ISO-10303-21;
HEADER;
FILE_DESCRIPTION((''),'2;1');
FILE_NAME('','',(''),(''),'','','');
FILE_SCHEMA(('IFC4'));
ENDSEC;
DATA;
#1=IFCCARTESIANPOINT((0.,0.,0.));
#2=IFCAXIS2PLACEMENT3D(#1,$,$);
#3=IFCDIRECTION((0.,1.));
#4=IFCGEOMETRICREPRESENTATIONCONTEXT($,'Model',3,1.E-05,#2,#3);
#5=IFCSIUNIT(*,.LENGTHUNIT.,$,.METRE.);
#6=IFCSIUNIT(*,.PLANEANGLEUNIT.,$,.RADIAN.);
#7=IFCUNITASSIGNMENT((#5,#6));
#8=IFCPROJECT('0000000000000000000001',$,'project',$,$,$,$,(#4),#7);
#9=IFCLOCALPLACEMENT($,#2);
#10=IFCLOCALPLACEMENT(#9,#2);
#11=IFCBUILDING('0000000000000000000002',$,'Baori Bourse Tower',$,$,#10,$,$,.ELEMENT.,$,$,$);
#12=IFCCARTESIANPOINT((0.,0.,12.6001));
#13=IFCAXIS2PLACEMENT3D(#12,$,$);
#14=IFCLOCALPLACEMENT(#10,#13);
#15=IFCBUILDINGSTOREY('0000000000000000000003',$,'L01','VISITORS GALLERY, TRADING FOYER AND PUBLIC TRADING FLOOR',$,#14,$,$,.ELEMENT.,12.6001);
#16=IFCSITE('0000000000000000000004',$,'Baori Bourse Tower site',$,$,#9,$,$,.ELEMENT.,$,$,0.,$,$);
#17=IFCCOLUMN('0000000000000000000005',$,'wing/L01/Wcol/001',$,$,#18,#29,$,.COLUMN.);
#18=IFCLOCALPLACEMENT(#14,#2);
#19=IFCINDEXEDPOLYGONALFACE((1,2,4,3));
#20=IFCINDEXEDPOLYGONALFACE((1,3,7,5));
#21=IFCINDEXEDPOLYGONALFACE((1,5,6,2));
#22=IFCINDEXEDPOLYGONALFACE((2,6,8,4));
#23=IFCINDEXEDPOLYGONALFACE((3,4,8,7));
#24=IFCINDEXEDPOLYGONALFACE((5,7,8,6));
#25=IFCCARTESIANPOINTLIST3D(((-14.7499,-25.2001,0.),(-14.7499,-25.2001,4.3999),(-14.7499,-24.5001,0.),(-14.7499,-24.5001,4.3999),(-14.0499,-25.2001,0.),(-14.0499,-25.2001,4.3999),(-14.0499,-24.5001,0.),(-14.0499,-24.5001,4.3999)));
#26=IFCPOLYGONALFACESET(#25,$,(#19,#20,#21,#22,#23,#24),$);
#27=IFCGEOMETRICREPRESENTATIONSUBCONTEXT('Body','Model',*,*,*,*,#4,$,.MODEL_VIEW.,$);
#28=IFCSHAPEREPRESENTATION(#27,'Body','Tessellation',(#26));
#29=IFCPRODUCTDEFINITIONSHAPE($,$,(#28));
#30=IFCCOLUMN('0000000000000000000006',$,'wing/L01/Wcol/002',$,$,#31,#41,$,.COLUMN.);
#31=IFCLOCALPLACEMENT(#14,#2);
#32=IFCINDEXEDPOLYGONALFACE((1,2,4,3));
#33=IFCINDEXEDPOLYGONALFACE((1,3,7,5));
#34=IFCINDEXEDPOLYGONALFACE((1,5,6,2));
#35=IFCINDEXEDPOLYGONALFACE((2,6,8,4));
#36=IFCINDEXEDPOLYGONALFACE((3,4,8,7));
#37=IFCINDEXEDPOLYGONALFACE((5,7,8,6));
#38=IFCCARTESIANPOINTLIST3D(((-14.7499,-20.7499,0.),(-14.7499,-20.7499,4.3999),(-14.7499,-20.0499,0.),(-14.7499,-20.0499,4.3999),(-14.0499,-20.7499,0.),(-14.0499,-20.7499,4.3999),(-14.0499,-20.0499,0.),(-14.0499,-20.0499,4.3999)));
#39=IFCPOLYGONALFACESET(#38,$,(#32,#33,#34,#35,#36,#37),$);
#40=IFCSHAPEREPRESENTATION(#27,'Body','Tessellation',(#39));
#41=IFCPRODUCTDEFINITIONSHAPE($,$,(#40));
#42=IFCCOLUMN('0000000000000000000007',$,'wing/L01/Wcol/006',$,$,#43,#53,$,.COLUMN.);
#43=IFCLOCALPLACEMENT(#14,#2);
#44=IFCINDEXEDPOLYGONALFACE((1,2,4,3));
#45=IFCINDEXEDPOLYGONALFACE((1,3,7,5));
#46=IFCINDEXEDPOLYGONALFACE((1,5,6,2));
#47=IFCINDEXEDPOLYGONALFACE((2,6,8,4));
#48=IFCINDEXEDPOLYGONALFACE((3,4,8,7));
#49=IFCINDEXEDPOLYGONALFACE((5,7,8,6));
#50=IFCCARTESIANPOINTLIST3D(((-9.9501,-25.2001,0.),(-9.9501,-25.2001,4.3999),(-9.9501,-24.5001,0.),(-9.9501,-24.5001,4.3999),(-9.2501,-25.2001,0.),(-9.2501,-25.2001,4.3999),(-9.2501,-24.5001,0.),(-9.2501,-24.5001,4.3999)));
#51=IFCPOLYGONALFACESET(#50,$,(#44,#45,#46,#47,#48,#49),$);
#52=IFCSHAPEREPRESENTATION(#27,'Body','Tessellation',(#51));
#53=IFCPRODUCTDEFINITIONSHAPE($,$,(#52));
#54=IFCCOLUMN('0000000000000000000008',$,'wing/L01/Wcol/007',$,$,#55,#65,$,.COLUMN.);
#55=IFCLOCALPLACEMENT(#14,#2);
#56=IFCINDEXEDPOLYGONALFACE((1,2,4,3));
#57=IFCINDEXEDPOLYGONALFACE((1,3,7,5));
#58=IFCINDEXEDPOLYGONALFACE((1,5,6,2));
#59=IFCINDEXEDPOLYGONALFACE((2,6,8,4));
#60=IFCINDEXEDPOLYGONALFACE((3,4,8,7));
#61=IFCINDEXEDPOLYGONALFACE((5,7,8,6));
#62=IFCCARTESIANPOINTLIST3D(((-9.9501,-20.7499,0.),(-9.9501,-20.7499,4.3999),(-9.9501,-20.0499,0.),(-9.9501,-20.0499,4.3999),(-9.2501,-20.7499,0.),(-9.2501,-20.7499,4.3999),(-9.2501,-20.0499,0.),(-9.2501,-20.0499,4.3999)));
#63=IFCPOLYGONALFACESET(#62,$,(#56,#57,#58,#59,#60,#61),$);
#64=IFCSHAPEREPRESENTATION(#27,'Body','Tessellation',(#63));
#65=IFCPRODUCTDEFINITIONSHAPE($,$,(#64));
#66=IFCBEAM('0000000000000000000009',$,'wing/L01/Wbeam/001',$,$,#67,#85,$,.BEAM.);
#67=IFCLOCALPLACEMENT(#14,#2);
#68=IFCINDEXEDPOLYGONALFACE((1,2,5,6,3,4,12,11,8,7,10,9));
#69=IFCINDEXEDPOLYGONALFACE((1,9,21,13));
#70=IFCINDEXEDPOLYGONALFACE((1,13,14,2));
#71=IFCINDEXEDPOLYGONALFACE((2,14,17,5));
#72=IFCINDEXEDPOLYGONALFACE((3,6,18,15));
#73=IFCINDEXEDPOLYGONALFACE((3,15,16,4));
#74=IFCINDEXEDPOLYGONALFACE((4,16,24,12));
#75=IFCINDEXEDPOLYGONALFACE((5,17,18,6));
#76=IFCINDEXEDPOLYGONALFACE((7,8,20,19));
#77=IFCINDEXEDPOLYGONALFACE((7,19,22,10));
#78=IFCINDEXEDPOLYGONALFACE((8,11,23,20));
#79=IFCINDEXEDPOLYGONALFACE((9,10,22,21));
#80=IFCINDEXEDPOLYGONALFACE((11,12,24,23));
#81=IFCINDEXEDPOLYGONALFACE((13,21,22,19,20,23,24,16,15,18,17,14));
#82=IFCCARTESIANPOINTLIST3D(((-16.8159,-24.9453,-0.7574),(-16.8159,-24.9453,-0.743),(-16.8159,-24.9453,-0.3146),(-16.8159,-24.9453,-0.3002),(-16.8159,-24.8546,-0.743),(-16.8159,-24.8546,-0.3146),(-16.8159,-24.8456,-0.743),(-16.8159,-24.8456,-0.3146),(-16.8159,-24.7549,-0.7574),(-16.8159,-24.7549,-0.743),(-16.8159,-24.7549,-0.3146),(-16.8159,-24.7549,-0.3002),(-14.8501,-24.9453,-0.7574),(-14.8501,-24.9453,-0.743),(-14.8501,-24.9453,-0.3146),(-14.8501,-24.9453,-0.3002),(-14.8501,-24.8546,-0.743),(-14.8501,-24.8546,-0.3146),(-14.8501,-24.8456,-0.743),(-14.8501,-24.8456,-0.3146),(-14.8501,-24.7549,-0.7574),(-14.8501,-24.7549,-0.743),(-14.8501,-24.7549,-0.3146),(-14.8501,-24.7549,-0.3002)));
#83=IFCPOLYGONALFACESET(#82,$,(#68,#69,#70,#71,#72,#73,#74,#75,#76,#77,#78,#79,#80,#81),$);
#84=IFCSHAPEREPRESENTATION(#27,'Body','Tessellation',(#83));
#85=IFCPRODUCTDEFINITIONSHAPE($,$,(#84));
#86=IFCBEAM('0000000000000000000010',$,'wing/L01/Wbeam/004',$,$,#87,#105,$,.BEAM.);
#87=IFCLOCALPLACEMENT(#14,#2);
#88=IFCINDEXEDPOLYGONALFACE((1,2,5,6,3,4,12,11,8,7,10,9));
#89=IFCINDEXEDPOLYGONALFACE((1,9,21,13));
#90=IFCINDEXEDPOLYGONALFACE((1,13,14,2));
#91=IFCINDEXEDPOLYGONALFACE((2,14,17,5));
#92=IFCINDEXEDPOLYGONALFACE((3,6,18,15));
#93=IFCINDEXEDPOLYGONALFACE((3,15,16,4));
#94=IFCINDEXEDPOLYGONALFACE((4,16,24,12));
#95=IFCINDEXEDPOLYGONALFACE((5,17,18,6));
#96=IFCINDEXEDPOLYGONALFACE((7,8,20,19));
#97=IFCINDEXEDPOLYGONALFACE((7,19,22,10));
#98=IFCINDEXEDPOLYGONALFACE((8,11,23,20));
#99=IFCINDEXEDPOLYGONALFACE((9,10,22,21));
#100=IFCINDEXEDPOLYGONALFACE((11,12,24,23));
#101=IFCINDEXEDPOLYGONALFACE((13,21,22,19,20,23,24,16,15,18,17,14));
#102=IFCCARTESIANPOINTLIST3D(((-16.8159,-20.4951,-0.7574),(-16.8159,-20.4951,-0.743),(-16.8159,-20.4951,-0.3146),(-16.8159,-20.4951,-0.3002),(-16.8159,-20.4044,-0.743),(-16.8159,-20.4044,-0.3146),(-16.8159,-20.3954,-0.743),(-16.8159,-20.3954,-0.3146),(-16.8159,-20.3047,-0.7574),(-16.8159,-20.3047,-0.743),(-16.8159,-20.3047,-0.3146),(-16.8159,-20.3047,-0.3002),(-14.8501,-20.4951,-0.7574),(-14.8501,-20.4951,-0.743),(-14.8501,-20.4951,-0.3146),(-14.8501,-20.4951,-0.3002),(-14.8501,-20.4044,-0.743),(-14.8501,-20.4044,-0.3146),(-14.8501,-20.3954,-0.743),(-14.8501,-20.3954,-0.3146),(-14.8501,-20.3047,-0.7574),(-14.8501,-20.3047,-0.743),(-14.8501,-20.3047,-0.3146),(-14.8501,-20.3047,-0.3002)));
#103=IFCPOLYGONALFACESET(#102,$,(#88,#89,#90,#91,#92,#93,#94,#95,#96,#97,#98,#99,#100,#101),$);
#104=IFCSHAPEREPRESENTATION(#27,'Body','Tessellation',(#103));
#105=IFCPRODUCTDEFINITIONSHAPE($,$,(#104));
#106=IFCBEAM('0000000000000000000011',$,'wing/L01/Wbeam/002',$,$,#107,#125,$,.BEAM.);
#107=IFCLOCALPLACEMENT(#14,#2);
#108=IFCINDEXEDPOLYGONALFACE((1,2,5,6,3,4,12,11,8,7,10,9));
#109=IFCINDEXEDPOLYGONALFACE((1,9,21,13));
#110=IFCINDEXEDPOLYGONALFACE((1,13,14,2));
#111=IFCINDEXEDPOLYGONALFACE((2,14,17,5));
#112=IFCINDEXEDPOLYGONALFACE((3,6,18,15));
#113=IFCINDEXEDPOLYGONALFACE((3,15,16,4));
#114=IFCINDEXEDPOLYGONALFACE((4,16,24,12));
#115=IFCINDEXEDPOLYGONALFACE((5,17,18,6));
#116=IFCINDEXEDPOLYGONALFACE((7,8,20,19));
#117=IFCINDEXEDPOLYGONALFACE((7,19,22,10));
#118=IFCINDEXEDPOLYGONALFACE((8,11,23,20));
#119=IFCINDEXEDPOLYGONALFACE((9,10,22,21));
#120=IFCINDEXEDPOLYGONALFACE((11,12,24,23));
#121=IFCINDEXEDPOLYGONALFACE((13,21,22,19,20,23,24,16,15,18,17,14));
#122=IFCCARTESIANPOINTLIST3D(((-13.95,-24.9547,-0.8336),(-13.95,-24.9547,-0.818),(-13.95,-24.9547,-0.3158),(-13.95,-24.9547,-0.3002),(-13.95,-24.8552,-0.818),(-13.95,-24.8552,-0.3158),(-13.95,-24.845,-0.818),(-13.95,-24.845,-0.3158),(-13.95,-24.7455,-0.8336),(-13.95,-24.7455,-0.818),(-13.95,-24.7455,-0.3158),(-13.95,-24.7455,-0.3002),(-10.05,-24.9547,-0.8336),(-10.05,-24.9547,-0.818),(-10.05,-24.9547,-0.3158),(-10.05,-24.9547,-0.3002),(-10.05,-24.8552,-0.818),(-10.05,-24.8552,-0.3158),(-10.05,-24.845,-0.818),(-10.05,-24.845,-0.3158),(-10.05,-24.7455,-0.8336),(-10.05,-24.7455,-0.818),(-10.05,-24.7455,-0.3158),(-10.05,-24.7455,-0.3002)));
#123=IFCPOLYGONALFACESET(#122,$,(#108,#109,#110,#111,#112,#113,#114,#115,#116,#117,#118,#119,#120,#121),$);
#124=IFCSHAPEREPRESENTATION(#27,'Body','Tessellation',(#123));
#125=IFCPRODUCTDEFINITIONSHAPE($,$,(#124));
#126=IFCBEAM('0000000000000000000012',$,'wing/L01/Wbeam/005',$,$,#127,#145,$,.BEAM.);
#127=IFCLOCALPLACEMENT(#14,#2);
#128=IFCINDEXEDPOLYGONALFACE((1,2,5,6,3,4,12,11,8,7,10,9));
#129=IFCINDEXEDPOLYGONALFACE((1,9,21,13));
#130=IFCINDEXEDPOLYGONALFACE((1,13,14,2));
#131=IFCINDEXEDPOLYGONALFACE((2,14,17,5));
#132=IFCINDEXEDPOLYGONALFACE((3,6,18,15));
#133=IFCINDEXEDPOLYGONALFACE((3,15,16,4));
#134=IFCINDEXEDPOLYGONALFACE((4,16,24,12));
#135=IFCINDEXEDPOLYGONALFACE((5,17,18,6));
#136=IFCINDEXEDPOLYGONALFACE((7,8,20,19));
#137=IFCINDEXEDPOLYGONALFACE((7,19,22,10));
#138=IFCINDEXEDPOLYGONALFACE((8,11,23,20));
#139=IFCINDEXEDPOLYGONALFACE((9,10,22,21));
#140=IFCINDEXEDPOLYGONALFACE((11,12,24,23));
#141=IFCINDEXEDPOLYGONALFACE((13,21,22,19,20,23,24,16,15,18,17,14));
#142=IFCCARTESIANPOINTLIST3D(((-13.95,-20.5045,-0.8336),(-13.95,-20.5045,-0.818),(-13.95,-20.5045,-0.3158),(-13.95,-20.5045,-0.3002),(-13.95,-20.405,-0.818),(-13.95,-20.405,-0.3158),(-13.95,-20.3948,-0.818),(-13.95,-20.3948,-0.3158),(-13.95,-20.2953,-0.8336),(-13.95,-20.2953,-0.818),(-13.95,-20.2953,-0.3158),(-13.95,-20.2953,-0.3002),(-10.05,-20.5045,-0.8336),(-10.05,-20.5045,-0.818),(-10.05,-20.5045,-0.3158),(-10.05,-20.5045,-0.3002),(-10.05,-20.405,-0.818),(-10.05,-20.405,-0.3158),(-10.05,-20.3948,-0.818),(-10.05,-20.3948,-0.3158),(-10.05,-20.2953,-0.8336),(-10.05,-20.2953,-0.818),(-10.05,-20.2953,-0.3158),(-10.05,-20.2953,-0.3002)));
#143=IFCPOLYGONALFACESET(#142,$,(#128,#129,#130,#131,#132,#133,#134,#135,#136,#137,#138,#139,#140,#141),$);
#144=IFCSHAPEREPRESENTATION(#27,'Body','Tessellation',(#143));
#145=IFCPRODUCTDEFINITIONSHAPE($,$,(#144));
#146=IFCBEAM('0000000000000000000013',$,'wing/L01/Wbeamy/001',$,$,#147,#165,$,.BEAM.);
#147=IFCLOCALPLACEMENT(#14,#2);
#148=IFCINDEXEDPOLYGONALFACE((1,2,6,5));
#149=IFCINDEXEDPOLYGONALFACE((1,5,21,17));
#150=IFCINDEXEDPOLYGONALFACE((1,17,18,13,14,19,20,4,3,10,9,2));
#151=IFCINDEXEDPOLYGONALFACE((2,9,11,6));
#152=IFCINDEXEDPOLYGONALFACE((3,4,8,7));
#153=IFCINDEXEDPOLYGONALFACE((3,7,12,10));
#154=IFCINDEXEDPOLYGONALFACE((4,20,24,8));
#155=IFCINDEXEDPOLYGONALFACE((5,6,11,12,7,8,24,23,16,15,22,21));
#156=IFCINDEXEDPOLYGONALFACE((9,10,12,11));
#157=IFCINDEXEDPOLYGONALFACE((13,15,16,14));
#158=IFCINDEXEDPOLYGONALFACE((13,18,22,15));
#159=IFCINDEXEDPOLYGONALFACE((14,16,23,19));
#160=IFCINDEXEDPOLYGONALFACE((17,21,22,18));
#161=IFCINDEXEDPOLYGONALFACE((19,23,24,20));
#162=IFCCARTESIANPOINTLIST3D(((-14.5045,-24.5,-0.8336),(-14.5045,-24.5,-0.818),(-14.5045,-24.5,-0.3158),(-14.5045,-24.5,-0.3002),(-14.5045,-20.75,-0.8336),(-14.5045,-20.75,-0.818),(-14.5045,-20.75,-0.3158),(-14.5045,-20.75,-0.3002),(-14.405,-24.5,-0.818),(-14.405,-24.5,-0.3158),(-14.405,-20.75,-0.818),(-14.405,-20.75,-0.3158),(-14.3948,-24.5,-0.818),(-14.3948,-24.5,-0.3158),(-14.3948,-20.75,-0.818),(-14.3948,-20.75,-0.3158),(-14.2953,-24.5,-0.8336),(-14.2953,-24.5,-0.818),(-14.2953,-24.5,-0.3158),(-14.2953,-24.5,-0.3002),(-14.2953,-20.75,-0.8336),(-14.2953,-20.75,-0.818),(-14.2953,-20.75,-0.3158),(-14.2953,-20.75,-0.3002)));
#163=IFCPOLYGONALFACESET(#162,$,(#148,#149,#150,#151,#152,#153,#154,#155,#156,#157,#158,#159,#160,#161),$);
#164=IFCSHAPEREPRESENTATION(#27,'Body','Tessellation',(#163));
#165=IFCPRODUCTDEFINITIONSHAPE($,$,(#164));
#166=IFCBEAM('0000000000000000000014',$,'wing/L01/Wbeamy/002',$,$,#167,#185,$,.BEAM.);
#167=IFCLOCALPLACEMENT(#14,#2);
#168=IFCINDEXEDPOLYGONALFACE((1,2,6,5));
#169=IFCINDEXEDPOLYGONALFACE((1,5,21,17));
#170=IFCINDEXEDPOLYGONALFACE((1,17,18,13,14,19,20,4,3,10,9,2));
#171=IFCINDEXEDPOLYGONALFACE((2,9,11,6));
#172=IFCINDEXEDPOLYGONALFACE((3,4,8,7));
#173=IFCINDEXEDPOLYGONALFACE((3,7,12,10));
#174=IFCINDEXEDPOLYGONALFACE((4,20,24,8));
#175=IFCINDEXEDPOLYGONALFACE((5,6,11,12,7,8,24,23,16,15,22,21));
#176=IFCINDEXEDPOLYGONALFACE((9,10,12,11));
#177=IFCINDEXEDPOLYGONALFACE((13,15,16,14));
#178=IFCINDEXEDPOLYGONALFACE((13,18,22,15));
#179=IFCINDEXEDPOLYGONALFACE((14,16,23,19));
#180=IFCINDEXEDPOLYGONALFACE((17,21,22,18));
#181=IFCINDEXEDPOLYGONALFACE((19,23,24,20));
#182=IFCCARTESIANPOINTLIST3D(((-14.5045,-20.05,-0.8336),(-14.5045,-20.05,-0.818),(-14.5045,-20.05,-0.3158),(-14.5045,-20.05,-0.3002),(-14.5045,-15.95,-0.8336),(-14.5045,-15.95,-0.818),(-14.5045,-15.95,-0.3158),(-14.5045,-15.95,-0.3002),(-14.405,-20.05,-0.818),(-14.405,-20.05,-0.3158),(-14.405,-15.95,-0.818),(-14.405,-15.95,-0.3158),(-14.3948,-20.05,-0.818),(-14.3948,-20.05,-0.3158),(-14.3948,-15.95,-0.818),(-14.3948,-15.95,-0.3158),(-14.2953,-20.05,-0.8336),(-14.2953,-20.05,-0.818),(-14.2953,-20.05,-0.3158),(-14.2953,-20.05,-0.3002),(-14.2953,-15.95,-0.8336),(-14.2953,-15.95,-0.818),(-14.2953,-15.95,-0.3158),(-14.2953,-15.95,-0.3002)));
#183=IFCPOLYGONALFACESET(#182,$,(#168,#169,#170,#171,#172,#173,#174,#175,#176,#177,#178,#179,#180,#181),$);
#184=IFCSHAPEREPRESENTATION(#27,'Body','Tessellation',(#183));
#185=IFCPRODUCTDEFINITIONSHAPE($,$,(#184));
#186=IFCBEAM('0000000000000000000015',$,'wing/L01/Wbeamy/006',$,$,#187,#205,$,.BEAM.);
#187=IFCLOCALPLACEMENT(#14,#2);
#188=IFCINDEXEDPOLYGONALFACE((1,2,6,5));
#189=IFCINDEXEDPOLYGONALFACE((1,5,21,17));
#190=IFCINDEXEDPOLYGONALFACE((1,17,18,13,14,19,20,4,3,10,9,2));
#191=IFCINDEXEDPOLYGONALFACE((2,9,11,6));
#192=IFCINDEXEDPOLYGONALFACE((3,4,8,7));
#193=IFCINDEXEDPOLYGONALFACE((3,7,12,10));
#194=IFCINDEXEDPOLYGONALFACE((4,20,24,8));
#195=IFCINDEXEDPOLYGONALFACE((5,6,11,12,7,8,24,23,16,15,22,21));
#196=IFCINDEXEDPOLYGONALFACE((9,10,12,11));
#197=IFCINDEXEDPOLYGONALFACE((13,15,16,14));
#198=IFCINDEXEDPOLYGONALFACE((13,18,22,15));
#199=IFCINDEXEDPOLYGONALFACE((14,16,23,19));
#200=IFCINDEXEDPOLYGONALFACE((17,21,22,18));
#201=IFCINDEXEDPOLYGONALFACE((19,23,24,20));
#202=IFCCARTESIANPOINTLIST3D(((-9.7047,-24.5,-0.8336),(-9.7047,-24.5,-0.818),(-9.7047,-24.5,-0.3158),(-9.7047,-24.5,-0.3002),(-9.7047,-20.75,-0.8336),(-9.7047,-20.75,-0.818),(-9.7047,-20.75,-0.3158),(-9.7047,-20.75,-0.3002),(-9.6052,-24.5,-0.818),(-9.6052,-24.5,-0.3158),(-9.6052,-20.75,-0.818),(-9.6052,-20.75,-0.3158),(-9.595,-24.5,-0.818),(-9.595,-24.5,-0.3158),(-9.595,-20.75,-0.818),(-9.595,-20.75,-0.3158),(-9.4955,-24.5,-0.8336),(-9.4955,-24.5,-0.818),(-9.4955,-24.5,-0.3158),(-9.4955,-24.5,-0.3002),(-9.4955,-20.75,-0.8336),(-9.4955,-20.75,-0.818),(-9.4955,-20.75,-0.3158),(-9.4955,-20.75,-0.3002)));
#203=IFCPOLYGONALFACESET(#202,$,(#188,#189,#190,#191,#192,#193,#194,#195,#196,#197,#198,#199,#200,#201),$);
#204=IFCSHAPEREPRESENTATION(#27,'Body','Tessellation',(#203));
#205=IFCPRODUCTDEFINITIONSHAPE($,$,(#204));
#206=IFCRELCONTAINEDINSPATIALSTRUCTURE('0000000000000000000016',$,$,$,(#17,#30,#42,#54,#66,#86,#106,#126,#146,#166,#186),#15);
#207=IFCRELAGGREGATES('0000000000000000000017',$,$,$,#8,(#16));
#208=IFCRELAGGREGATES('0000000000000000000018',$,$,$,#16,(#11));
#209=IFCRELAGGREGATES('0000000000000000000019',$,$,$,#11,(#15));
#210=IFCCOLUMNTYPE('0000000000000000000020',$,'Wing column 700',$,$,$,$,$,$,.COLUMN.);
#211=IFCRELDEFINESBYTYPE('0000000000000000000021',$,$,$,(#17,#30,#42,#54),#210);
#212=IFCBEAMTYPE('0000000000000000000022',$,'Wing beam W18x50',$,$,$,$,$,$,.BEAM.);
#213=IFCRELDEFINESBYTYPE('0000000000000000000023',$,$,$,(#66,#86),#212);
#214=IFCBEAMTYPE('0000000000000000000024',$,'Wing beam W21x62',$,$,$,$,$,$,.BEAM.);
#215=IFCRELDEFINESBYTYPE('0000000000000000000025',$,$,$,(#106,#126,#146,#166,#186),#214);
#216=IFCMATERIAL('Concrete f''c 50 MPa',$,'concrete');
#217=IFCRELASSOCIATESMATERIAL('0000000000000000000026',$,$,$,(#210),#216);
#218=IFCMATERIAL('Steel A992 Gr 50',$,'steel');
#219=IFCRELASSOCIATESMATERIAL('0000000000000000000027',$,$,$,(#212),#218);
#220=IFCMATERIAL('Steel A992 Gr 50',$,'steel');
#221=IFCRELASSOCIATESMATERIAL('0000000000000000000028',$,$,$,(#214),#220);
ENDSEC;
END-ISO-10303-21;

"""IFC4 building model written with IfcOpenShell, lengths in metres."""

from ifc_helpers import new_model, si_unit, direction, frame, origin, origin_2d, place, context, subcontext, project, spatial, rectangle, i_section, extrude, material, material_profile, profile_set, type_object, element, save


model = new_model("IFC4")

# Units and contexts
model_context = context("Model", 3, precision=1e-05, world=origin(), true_north=direction((0.0, 1.0)))
body_context = subcontext(model_context, "Body", "Model", "MODEL_VIEW")
ifc_project = project(units=[si_unit("LENGTHUNIT", "METRE"), si_unit("PLANEANGLEUNIT", "RADIAN")], contexts=[model_context])

# Site, building, storey
site_placement = place(None, origin())
site = spatial("IfcSite", under=ifc_project, at=site_placement, Name="Baori Bourse Tower site", CompositionType="ELEMENT", RefElevation=0.0)
building_placement = place(site_placement, origin())
building = spatial("IfcBuilding", under=site, at=building_placement, Name="Baori Bourse Tower", CompositionType="ELEMENT")
storey_placement = place(building_placement, frame((0.0, 0.0, 12.6001)))
storey = spatial("IfcBuildingStorey", under=building, at=storey_placement, Name="L01", Description="VISITORS GALLERY, TRADING FOYER AND PUBLIC TRADING FLOOR", CompositionType="ELEMENT", Elevation=12.6001)

# Columns
ifc_material_1 = material(Name="Concrete f'c 50 MPa", Category="concrete")
ifc_material_profile_1 = material_profile(ifc_material_1, rectangle(XDim=0.7, YDim=0.7, at=origin_2d()), Name="Wing column 700")
ifc_profile_set_1 = profile_set([ifc_material_profile_1], Name="Concrete f'c 50 MPa")
column_type = type_object("IfcColumnType", Name="Wing column 700", PredefinedType="COLUMN", material=ifc_profile_set_1)
for number, where, z_axis, x_axis, name in (
    (1, (-14.3999, -24.8501, 0.0), (0.0, 0.0, 1.0), (1.0, 0.0, 0.0), "wing/L01/Wcol/001"),
    (2, (-14.3999, -20.3999, 0.0), (0.0, 0.0, 1.0), (1.0, 0.0, 0.0), "wing/L01/Wcol/002"),
    (3, (-9.6001, -24.8501, 0.0), (0.0, 0.0, 1.0), (1.0, 0.0, 0.0), "wing/L01/Wcol/006"),
    (4, (-9.6001, -20.3999, 0.0), (0.0, 0.0, 1.0), (1.0, 0.0, 0.0), "wing/L01/Wcol/007"),
):
    element("IfcColumn", number, at=place(storey_placement, frame(where, z_axis=z_axis, x_axis=x_axis)), inside=storey, type_object=column_type, Name=name, PredefinedType="COLUMN", context=body_context, shape_type="SweptSolid", body=[
        extrude(rectangle(XDim=0.7, YDim=0.7, at=origin_2d()), origin(), (0.0, 0.0, 1.0), 4.3999),
    ])

# Beams
ifc_material_2 = material(Name="Steel A992 Gr 50", Category="steel")
ifc_material_profile_2 = material_profile(ifc_material_2, i_section(OverallWidth=0.1904, OverallDepth=0.4573, WebThickness=0.009, FlangeThickness=0.0144, at=origin_2d()), Name="W18x50")
ifc_profile_set_2 = profile_set([ifc_material_profile_2], Name="Steel A992 Gr 50")
beam_type_1 = type_object("IfcBeamType", Name="Wing beam W18x50", PredefinedType="BEAM", material=ifc_profile_set_2)
for number, where, z_axis, x_axis, name in (
    (5, (-16.8159, -24.8501, -0.5288), (1.0, 0.0, 0.0), (0.0, 1.0, 0.0), "wing/L01/Wbeam/001"),
    (6, (-16.8159, -20.3999, -0.5288), (1.0, 0.0, 0.0), (0.0, 1.0, 0.0), "wing/L01/Wbeam/004"),
):
    element("IfcBeam", number, at=place(storey_placement, frame(where, z_axis=z_axis, x_axis=x_axis)), inside=storey, type_object=beam_type_1, Name=name, PredefinedType="BEAM", context=body_context, shape_type="SweptSolid", body=[
        extrude(i_section(OverallWidth=0.1904, OverallDepth=0.4573, WebThickness=0.009, FlangeThickness=0.0144, at=origin_2d()), origin(), (0.0, 0.0, 1.0), 1.9658),
    ])
ifc_material_3 = material(Name="Steel A992 Gr 50", Category="steel")
ifc_material_profile_3 = material_profile(ifc_material_3, i_section(OverallWidth=0.2092, OverallDepth=0.5334, WebThickness=0.0103, FlangeThickness=0.0156, at=origin_2d()), Name="W21x62")
ifc_profile_set_3 = profile_set([ifc_material_profile_3], Name="Steel A992 Gr 50")
beam_type_2 = type_object("IfcBeamType", Name="Wing beam W21x62", PredefinedType="BEAM", material=ifc_profile_set_3)
for number, where, z_axis, x_axis, name in (
    (7, (-13.95, -24.8501, -0.5669), (1.0, 0.0, 0.0), (0.0, 1.0, 0.0), "wing/L01/Wbeam/002"),
    (8, (-13.95, -20.3999, -0.5669), (1.0, 0.0, 0.0), (0.0, 1.0, 0.0), "wing/L01/Wbeam/005"),
):
    element("IfcBeam", number, at=place(storey_placement, frame(where, z_axis=z_axis, x_axis=x_axis)), inside=storey, type_object=beam_type_2, Name=name, PredefinedType="BEAM", context=body_context, shape_type="SweptSolid", body=[
        extrude(i_section(OverallWidth=0.2092, OverallDepth=0.5334, WebThickness=0.0103, FlangeThickness=0.0156, at=origin_2d()), origin(), (0.0, 0.0, 1.0), 3.8999),
    ])
beam_1_placement = place(storey_placement, frame((-14.3999, -24.5, -0.5669), z_axis=(0.0, 1.0, 0.0), x_axis=(-1.0, 0.0, 0.0)))
element("IfcBeam", 9, at=beam_1_placement, inside=storey, type_object=beam_type_2, Name="wing/L01/Wbeamy/001", PredefinedType="BEAM", context=body_context, shape_type="SweptSolid", body=[
    extrude(i_section(OverallWidth=0.2092, OverallDepth=0.5334, WebThickness=0.0103, FlangeThickness=0.0156, at=origin_2d()), origin(), (0.0, 0.0, 1.0), 3.75),
])
beam_2_placement = place(storey_placement, frame((-14.3999, -20.05, -0.5669), z_axis=(0.0, 1.0, 0.0), x_axis=(-1.0, 0.0, 0.0)))
element("IfcBeam", 10, at=beam_2_placement, inside=storey, type_object=beam_type_2, Name="wing/L01/Wbeamy/002", PredefinedType="BEAM", context=body_context, shape_type="SweptSolid", body=[
    extrude(i_section(OverallWidth=0.2092, OverallDepth=0.5334, WebThickness=0.0103, FlangeThickness=0.0156, at=origin_2d()), origin(), (0.0, 0.0, 1.0), 4.1001),
])
beam_3_placement = place(storey_placement, frame((-9.6001, -24.5, -0.5669), z_axis=(0.0, 1.0, 0.0), x_axis=(-1.0, 0.0, 0.0)))
element("IfcBeam", 11, at=beam_3_placement, inside=storey, type_object=beam_type_2, Name="wing/L01/Wbeamy/006", PredefinedType="BEAM", context=body_context, shape_type="SweptSolid", body=[
    extrude(i_section(OverallWidth=0.2092, OverallDepth=0.5334, WebThickness=0.0103, FlangeThickness=0.0156, at=origin_2d()), origin(), (0.0, 0.0, 1.0), 3.75),
])

save(model, "model.ifc")
